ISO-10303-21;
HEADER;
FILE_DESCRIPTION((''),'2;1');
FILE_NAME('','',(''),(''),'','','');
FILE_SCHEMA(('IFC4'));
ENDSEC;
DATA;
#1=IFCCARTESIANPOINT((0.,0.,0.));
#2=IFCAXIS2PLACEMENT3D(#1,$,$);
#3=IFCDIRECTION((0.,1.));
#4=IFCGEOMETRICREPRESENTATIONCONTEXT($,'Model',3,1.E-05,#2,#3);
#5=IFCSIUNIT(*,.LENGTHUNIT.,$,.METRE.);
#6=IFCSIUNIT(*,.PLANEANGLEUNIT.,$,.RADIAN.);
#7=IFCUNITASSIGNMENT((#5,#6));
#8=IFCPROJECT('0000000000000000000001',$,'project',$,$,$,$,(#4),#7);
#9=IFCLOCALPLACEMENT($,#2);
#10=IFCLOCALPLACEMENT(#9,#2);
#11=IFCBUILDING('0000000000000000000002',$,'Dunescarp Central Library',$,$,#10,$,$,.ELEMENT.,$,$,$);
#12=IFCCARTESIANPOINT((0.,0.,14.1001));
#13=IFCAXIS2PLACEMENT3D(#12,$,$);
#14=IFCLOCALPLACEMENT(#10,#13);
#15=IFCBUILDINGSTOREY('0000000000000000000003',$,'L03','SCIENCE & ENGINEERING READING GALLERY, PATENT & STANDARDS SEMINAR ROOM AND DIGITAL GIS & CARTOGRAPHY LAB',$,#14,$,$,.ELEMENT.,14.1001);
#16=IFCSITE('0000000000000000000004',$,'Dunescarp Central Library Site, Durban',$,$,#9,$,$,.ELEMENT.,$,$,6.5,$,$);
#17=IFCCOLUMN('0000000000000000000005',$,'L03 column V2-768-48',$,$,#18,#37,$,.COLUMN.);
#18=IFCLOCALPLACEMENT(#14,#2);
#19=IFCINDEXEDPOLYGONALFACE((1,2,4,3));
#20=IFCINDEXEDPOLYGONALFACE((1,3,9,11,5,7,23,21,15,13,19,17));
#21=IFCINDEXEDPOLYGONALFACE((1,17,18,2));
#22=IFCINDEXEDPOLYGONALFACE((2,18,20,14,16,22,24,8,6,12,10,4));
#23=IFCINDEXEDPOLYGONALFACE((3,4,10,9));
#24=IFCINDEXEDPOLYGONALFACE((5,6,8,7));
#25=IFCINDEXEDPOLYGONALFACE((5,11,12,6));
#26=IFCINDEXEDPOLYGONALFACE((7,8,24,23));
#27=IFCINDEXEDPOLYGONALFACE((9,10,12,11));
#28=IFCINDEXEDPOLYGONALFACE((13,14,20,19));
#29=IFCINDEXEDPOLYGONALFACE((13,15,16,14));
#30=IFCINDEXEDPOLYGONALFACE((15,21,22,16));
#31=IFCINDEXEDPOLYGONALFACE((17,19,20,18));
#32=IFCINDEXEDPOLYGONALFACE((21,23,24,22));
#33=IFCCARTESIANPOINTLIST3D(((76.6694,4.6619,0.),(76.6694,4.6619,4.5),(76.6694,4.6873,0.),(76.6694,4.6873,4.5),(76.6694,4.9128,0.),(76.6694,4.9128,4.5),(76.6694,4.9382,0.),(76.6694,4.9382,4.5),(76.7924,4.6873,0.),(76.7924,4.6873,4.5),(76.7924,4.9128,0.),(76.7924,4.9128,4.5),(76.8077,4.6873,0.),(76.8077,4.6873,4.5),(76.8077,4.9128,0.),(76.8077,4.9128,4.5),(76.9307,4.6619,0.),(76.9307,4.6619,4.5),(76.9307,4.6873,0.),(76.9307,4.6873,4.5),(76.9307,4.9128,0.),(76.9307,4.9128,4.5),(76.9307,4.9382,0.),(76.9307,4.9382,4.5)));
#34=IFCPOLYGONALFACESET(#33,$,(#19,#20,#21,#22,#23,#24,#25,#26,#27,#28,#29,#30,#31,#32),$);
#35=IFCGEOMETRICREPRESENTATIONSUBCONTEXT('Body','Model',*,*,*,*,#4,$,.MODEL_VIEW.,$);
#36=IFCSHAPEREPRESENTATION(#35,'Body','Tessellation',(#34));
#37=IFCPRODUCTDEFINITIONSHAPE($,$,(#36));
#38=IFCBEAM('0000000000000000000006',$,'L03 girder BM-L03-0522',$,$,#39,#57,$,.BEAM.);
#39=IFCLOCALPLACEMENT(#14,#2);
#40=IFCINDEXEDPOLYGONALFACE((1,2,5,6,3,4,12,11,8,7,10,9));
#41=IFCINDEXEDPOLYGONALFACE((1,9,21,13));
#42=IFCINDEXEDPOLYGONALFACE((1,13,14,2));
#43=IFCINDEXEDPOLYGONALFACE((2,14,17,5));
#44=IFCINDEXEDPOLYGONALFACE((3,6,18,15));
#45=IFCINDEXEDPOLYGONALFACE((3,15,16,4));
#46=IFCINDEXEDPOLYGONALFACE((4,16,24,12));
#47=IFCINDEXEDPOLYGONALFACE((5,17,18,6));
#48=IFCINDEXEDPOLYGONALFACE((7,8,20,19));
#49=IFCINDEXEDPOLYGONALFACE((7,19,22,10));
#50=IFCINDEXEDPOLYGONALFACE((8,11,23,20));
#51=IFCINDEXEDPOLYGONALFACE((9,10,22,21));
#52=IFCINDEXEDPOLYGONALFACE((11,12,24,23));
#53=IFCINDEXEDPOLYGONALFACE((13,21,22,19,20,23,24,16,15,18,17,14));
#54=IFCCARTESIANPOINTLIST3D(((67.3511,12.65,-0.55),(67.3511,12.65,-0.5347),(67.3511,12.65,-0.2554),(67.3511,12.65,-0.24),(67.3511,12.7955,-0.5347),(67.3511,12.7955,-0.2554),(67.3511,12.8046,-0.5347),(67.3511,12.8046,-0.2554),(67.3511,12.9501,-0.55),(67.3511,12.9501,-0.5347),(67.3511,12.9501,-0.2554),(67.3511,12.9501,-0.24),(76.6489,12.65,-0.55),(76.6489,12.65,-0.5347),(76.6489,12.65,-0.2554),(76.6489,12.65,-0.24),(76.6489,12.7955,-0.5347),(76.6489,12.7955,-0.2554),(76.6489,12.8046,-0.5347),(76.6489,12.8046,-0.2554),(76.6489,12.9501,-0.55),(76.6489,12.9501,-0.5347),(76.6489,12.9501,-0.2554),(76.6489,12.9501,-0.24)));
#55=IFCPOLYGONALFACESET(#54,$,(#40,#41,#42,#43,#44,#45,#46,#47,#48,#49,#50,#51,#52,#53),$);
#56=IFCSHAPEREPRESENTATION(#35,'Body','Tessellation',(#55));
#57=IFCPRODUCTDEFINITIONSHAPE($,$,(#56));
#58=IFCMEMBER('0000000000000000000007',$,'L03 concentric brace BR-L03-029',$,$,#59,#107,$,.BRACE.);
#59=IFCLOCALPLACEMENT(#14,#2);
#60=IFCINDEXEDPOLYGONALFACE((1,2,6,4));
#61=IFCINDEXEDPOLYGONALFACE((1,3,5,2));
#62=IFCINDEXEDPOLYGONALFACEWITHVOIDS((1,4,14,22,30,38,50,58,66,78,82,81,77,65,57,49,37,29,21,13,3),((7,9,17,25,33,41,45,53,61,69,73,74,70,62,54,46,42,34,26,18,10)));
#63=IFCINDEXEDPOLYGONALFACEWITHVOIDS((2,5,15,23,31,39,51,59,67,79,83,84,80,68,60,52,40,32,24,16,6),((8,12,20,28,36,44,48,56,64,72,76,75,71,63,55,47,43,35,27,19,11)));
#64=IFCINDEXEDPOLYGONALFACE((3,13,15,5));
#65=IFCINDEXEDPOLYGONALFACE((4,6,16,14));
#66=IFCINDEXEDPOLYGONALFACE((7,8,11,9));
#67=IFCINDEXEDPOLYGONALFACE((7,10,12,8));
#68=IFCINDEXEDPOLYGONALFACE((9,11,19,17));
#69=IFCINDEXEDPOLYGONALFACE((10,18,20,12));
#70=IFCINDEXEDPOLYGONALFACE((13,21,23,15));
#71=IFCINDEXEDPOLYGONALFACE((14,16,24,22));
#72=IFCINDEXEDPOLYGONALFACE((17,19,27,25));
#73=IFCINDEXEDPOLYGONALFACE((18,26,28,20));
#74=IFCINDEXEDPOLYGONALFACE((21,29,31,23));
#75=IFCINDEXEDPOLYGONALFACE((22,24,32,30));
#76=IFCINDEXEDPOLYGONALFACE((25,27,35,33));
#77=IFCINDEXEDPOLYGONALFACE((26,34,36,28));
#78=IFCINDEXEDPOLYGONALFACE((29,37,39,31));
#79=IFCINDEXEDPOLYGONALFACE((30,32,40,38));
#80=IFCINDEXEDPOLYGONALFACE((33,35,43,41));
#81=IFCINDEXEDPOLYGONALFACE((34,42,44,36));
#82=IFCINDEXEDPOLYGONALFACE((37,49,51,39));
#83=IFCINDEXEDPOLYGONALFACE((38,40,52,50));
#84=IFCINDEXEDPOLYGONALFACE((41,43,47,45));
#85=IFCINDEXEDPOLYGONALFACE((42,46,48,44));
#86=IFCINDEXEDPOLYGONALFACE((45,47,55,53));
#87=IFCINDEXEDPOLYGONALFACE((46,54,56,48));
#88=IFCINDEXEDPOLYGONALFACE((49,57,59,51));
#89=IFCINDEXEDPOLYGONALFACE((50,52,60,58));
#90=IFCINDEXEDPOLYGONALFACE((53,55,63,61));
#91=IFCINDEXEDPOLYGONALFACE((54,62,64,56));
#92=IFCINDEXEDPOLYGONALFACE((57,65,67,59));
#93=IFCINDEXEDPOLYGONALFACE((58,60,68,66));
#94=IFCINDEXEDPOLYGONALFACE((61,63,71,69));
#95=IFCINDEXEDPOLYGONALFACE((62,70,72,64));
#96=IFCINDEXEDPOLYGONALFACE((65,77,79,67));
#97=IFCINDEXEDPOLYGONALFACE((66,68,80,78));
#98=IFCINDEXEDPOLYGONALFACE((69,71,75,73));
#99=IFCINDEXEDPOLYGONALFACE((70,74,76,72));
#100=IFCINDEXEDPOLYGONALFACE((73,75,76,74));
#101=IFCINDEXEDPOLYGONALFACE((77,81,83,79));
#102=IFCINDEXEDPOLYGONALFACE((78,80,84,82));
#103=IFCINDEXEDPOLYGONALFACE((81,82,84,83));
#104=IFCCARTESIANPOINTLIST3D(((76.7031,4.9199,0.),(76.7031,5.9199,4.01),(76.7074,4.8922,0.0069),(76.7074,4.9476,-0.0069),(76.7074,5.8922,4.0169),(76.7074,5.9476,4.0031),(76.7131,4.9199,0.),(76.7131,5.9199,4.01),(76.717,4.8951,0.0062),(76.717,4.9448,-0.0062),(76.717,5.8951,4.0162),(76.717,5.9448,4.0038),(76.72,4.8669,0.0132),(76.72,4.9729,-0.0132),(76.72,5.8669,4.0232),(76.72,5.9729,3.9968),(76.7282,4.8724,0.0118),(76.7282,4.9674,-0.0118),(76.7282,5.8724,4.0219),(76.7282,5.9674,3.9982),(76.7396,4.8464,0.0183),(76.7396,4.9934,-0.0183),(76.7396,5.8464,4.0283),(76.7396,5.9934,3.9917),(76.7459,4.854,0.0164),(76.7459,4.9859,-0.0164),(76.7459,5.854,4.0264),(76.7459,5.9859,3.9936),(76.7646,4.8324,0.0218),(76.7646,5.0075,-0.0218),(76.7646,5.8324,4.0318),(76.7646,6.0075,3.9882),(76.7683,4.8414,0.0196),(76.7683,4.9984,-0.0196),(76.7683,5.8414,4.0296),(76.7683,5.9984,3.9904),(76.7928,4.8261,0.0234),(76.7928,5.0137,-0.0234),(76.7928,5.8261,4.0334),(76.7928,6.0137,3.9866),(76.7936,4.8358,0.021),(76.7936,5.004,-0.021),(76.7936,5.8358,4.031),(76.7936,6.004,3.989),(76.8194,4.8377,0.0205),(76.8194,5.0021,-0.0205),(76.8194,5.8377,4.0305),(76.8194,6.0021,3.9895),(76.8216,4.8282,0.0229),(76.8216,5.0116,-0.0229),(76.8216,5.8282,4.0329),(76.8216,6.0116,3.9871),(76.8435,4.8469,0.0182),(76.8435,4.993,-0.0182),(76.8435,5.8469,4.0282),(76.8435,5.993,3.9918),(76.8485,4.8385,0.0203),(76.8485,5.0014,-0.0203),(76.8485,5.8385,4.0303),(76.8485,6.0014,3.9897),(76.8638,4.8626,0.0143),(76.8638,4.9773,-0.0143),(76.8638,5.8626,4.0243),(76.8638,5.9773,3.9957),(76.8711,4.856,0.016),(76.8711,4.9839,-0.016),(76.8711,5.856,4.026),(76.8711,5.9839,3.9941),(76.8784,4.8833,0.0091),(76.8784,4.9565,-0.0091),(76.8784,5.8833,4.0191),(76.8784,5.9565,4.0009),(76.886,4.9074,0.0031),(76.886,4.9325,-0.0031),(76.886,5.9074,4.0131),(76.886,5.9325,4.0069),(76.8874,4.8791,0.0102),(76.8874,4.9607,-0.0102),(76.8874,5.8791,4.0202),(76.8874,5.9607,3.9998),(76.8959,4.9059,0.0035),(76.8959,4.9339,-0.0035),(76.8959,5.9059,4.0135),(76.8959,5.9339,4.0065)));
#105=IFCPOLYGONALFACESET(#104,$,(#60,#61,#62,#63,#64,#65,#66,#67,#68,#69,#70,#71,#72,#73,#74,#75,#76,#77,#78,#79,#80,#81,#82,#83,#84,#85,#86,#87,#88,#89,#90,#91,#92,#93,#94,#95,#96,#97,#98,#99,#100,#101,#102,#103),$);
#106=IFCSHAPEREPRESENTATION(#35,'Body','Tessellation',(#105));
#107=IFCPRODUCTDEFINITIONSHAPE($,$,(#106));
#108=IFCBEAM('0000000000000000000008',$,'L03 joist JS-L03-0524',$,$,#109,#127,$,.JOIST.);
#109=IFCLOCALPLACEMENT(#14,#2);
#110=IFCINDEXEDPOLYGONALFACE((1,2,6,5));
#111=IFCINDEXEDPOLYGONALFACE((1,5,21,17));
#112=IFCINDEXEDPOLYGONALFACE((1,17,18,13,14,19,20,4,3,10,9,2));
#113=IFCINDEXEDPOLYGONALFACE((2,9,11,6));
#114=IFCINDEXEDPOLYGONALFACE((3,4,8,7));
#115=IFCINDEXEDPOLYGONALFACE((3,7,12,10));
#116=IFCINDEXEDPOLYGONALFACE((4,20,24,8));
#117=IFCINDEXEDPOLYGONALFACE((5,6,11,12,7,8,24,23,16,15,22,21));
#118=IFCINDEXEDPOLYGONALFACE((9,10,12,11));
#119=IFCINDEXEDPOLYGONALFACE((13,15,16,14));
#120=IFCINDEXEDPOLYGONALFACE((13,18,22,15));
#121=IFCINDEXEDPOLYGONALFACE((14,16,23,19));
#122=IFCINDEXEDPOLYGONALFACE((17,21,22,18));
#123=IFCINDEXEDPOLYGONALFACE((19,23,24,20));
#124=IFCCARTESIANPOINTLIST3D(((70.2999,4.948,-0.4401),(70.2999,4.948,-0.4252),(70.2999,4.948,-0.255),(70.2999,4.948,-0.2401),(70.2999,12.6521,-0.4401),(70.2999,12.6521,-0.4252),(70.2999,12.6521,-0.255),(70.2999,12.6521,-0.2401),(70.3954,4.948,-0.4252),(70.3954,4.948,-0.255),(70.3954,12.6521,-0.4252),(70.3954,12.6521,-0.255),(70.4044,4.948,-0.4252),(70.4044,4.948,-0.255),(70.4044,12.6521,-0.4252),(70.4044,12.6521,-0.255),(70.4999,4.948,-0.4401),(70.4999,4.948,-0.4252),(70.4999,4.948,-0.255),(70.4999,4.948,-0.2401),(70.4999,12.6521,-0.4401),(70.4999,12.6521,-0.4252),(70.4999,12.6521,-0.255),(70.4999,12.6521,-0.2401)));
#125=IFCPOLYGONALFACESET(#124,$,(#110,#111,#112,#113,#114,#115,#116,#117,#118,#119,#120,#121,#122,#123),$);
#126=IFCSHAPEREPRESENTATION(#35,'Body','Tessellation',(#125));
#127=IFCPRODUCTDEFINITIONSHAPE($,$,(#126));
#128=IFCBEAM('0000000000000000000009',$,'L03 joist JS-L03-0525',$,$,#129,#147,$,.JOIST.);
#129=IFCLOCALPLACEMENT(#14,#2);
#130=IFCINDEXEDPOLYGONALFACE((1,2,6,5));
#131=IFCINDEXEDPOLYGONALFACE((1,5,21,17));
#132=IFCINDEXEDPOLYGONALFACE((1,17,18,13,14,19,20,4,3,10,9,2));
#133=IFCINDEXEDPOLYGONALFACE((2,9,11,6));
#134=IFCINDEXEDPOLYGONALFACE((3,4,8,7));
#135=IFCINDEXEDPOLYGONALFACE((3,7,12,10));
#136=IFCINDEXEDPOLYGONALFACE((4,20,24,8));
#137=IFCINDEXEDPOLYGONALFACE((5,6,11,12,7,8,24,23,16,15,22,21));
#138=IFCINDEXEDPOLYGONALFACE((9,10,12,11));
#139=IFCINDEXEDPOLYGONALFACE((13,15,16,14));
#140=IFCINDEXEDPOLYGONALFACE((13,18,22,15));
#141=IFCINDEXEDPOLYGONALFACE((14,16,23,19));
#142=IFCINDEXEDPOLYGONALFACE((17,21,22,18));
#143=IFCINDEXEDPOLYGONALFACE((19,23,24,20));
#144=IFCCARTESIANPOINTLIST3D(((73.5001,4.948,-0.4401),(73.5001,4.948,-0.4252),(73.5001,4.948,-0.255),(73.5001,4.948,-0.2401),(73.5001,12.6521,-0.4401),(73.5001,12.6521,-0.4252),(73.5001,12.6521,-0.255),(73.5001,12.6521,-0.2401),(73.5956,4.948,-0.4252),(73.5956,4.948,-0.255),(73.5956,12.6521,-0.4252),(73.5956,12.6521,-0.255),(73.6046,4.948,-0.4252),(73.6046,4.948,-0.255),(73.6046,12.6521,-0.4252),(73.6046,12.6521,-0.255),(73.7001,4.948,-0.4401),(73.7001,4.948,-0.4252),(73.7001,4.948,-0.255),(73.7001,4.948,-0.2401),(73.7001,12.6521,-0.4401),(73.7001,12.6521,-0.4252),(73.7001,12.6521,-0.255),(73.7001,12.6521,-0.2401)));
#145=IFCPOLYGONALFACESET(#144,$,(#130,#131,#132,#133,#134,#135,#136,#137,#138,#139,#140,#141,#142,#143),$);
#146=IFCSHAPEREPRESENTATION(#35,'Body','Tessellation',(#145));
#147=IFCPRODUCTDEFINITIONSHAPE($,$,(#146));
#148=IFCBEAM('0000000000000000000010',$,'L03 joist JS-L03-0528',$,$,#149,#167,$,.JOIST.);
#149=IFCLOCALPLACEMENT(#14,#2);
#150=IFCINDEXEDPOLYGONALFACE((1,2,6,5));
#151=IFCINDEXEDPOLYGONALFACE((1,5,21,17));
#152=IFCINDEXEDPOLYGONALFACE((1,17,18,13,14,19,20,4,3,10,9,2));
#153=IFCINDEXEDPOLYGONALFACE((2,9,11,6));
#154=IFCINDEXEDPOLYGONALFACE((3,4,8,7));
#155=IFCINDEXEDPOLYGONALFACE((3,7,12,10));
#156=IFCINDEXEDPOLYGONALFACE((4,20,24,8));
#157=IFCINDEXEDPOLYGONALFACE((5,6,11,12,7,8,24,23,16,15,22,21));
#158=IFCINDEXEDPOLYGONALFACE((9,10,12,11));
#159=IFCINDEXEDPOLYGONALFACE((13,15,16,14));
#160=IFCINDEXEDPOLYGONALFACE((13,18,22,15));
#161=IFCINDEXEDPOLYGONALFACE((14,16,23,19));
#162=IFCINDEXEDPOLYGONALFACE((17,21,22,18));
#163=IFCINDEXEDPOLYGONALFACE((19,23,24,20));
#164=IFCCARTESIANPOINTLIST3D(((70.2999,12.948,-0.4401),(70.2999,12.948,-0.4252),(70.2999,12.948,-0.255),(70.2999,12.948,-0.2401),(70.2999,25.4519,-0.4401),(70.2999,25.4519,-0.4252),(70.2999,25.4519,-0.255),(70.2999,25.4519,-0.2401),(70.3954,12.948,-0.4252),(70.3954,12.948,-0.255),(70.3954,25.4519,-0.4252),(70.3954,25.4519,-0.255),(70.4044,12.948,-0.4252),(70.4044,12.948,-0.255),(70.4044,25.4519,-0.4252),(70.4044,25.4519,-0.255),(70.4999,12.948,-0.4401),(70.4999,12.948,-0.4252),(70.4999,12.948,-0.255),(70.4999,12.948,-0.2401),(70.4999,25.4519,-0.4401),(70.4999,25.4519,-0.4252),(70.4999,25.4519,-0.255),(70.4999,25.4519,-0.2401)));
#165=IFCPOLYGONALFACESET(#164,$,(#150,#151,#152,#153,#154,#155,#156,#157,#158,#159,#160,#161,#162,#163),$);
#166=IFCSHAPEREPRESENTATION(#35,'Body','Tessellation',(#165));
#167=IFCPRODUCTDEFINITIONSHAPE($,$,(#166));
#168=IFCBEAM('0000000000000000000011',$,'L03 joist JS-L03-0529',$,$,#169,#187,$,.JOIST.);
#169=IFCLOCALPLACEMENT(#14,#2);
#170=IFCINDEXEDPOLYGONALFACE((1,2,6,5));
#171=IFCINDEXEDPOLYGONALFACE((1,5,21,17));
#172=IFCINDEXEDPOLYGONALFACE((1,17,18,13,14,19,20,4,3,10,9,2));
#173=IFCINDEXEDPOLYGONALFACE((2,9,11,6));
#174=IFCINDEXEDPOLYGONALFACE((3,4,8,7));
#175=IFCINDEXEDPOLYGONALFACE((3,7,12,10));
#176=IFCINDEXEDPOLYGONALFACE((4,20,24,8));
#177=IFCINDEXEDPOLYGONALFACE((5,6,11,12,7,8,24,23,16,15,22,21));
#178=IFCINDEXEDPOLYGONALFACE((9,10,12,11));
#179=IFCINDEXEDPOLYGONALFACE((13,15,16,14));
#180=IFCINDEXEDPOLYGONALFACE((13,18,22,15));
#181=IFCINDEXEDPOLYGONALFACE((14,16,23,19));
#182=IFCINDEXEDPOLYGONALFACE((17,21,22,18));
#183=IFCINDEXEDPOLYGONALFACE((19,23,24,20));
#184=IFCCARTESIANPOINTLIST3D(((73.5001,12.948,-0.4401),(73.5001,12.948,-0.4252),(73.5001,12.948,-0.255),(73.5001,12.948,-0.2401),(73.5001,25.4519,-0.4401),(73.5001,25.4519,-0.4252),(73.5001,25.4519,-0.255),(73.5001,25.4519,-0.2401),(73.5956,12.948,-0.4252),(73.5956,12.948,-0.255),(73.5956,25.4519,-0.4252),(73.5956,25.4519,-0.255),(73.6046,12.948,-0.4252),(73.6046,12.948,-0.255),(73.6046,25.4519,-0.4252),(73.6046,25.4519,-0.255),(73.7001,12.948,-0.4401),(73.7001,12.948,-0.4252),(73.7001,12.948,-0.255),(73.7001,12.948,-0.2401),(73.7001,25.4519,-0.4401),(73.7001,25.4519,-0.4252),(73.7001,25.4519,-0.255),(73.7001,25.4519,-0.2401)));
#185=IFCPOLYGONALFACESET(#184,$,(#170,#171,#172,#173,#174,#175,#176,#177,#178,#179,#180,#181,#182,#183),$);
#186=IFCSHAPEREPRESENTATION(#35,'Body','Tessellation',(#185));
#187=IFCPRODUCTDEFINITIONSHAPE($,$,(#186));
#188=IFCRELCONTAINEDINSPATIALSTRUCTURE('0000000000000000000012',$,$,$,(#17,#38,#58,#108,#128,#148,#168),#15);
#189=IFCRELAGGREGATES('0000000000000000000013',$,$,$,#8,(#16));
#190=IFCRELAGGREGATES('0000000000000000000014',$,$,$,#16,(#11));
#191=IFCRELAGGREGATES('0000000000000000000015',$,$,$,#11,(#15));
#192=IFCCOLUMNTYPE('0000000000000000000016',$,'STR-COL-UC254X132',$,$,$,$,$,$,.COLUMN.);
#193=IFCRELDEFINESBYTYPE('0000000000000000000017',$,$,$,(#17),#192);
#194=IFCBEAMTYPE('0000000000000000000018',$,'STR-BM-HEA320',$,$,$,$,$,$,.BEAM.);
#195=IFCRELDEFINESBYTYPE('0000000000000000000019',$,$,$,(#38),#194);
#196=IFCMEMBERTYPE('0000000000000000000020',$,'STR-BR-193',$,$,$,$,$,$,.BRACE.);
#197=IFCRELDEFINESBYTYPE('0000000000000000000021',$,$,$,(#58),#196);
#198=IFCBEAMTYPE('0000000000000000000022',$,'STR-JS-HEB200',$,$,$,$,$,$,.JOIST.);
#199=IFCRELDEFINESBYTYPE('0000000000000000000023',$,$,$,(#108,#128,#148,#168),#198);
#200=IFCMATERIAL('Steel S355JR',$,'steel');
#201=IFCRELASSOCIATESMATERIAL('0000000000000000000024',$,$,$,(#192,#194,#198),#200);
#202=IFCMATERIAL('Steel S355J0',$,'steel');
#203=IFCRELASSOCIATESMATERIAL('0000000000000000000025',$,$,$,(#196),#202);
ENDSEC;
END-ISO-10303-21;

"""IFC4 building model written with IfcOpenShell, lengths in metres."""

from ifc_helpers import new_model, si_unit, direction, frame, origin, origin_2d, place, context, subcontext, project, spatial, hollow_circle, i_section, extrude, material, material_profile, profile_set, type_object, element, save


model = new_model("IFC4")

# Units and contexts
model_context = context("Model", 3, precision=1e-05, world=origin(), true_north=direction((0.0, 1.0)))
body_context = subcontext(model_context, "Body", "Model", "MODEL_VIEW")
ifc_project = project(units=[si_unit("LENGTHUNIT", "METRE"), si_unit("PLANEANGLEUNIT", "RADIAN")], contexts=[model_context])

# Site, building, storey
site_placement = place(None, origin())
site = spatial("IfcSite", under=ifc_project, at=site_placement, Name="Dunescarp Central Library Site, Durban", CompositionType="ELEMENT", RefElevation=6.5)
building_placement = place(site_placement, origin())
building = spatial("IfcBuilding", under=site, at=building_placement, Name="Dunescarp Central Library", CompositionType="ELEMENT")
storey_placement = place(building_placement, frame((0.0, 0.0, 14.1001)))
storey = spatial("IfcBuildingStorey", under=building, at=storey_placement, Name="L03", Description="SCIENCE & ENGINEERING READING GALLERY, PATENT & STANDARDS SEMINAR ROOM AND DIGITAL GIS & CARTOGRAPHY LAB", CompositionType="ELEMENT", Elevation=14.1001)

# Column
ifc_material_1 = material(Name="Steel S355JR", Category="steel")
ifc_material_profile_1 = material_profile(ifc_material_1, i_section(OverallWidth=0.2612, OverallDepth=0.2764, WebThickness=0.0154, FlangeThickness=0.0254, at=origin_2d()), Name="UC 254x254x132")
ifc_profile_set_1 = profile_set([ifc_material_profile_1], Name="Steel S355JR")
column_type = type_object("IfcColumnType", Name="STR-COL-UC254X132", PredefinedType="COLUMN", material=ifc_profile_set_1)
column_placement = place(storey_placement, frame((76.8, 4.8, 0.0), z_axis=(0.0, 0.0, 1.0), x_axis=(1.0, 0.0, 0.0)))
element("IfcColumn", 1, at=column_placement, inside=storey, type_object=column_type, Name="L03 column V2-768-48", PredefinedType="COLUMN", context=body_context, shape_type="SweptSolid", body=[
    extrude(i_section(OverallWidth=0.2612, OverallDepth=0.2764, WebThickness=0.0154, FlangeThickness=0.0254, at=origin_2d()), origin(), (0.0, 0.0, 1.0), 4.5),
])

# Beam
ifc_material_profile_2 = material_profile(ifc_material_1, i_section(OverallWidth=0.3, OverallDepth=0.3101, WebThickness=0.009, FlangeThickness=0.0154, at=origin_2d()), Name="HEA 320")
ifc_profile_set_2 = profile_set([ifc_material_profile_2], Name="Steel S355JR")
beam_type_1 = type_object("IfcBeamType", Name="STR-BM-HEA320", PredefinedType="BEAM", material=ifc_profile_set_2)
beam_placement = place(storey_placement, frame((67.3511, 12.8, -0.395), z_axis=(1.0, 0.0, 0.0), x_axis=(0.0, 1.0, 0.0)))
element("IfcBeam", 2, at=beam_placement, inside=storey, type_object=beam_type_1, Name="L03 girder BM-L03-0522", PredefinedType="BEAM", context=body_context, shape_type="SweptSolid", body=[
    extrude(i_section(OverallWidth=0.3, OverallDepth=0.3101, WebThickness=0.009, FlangeThickness=0.0154, at=origin_2d()), origin(), (0.0, 0.0, 1.0), 9.2979),
])

# Member
ifc_material_2 = material(Name="Steel S355J0", Category="steel")
ifc_material_profile_3 = material_profile(ifc_material_2, hollow_circle(Radius=0.0969, WallThickness=0.01, at=origin_2d()), Name="CHS 193.7x10")
ifc_profile_set_3 = profile_set([ifc_material_profile_3], Name="Steel S355J0")
member_type = type_object("IfcMemberType", Name="STR-BR-193", PredefinedType="BRACE", material=ifc_profile_set_3)
member_placement = place(storey_placement, frame((76.8, 4.9199, 0.0), z_axis=(0.0, 0.241966, 0.970285), x_axis=(-1.0, 0.0, 0.0)))
element("IfcMember", 3, at=member_placement, inside=storey, type_object=member_type, Name="L03 concentric brace BR-L03-029", PredefinedType="BRACE", context=body_context, shape_type="SweptSolid", body=[
    extrude(hollow_circle(Radius=0.0969, WallThickness=0.01, at=origin_2d()), origin(), (0.0, 0.0, 1.0), 4.1328),
])

# Beams
ifc_material_profile_4 = material_profile(ifc_material_1, i_section(OverallWidth=0.2, OverallDepth=0.2, WebThickness=0.009, FlangeThickness=0.0149, at=origin_2d()), Name="HEB 200")
ifc_profile_set_4 = profile_set([ifc_material_profile_4], Name="Steel S355JR")
beam_type_2 = type_object("IfcBeamType", Name="STR-JS-HEB200", PredefinedType="JOIST", material=ifc_profile_set_4)
for number, where, z_axis, x_axis, name in (
    (4, (70.3999, 4.948, -0.3401), (0.0, 1.0, 0.0), (-1.0, 0.0, 0.0), "L03 joist JS-L03-0524"),
    (5, (73.6001, 4.948, -0.3401), (0.0, 1.0, 0.0), (-1.0, 0.0, 0.0), "L03 joist JS-L03-0525"),
):
    element("IfcBeam", number, at=place(storey_placement, frame(where, z_axis=z_axis, x_axis=x_axis)), inside=storey, type_object=beam_type_2, Name=name, PredefinedType="JOIST", context=body_context, shape_type="SweptSolid", body=[
        extrude(i_section(OverallWidth=0.2, OverallDepth=0.2, WebThickness=0.009, FlangeThickness=0.0149, at=origin_2d()), origin(), (0.0, 0.0, 1.0), 7.7041),
    ])
for number, where, z_axis, x_axis, name in (
    (6, (70.3999, 12.948, -0.3401), (0.0, 1.0, 0.0), (-1.0, 0.0, 0.0), "L03 joist JS-L03-0528"),
    (7, (73.6001, 12.948, -0.3401), (0.0, 1.0, 0.0), (-1.0, 0.0, 0.0), "L03 joist JS-L03-0529"),
):
    element("IfcBeam", number, at=place(storey_placement, frame(where, z_axis=z_axis, x_axis=x_axis)), inside=storey, type_object=beam_type_2, Name=name, PredefinedType="JOIST", context=body_context, shape_type="SweptSolid", body=[
        extrude(i_section(OverallWidth=0.2, OverallDepth=0.2, WebThickness=0.009, FlangeThickness=0.0149, at=origin_2d()), origin(), (0.0, 0.0, 1.0), 12.5039),
    ])

save(model, "model.ifc")
